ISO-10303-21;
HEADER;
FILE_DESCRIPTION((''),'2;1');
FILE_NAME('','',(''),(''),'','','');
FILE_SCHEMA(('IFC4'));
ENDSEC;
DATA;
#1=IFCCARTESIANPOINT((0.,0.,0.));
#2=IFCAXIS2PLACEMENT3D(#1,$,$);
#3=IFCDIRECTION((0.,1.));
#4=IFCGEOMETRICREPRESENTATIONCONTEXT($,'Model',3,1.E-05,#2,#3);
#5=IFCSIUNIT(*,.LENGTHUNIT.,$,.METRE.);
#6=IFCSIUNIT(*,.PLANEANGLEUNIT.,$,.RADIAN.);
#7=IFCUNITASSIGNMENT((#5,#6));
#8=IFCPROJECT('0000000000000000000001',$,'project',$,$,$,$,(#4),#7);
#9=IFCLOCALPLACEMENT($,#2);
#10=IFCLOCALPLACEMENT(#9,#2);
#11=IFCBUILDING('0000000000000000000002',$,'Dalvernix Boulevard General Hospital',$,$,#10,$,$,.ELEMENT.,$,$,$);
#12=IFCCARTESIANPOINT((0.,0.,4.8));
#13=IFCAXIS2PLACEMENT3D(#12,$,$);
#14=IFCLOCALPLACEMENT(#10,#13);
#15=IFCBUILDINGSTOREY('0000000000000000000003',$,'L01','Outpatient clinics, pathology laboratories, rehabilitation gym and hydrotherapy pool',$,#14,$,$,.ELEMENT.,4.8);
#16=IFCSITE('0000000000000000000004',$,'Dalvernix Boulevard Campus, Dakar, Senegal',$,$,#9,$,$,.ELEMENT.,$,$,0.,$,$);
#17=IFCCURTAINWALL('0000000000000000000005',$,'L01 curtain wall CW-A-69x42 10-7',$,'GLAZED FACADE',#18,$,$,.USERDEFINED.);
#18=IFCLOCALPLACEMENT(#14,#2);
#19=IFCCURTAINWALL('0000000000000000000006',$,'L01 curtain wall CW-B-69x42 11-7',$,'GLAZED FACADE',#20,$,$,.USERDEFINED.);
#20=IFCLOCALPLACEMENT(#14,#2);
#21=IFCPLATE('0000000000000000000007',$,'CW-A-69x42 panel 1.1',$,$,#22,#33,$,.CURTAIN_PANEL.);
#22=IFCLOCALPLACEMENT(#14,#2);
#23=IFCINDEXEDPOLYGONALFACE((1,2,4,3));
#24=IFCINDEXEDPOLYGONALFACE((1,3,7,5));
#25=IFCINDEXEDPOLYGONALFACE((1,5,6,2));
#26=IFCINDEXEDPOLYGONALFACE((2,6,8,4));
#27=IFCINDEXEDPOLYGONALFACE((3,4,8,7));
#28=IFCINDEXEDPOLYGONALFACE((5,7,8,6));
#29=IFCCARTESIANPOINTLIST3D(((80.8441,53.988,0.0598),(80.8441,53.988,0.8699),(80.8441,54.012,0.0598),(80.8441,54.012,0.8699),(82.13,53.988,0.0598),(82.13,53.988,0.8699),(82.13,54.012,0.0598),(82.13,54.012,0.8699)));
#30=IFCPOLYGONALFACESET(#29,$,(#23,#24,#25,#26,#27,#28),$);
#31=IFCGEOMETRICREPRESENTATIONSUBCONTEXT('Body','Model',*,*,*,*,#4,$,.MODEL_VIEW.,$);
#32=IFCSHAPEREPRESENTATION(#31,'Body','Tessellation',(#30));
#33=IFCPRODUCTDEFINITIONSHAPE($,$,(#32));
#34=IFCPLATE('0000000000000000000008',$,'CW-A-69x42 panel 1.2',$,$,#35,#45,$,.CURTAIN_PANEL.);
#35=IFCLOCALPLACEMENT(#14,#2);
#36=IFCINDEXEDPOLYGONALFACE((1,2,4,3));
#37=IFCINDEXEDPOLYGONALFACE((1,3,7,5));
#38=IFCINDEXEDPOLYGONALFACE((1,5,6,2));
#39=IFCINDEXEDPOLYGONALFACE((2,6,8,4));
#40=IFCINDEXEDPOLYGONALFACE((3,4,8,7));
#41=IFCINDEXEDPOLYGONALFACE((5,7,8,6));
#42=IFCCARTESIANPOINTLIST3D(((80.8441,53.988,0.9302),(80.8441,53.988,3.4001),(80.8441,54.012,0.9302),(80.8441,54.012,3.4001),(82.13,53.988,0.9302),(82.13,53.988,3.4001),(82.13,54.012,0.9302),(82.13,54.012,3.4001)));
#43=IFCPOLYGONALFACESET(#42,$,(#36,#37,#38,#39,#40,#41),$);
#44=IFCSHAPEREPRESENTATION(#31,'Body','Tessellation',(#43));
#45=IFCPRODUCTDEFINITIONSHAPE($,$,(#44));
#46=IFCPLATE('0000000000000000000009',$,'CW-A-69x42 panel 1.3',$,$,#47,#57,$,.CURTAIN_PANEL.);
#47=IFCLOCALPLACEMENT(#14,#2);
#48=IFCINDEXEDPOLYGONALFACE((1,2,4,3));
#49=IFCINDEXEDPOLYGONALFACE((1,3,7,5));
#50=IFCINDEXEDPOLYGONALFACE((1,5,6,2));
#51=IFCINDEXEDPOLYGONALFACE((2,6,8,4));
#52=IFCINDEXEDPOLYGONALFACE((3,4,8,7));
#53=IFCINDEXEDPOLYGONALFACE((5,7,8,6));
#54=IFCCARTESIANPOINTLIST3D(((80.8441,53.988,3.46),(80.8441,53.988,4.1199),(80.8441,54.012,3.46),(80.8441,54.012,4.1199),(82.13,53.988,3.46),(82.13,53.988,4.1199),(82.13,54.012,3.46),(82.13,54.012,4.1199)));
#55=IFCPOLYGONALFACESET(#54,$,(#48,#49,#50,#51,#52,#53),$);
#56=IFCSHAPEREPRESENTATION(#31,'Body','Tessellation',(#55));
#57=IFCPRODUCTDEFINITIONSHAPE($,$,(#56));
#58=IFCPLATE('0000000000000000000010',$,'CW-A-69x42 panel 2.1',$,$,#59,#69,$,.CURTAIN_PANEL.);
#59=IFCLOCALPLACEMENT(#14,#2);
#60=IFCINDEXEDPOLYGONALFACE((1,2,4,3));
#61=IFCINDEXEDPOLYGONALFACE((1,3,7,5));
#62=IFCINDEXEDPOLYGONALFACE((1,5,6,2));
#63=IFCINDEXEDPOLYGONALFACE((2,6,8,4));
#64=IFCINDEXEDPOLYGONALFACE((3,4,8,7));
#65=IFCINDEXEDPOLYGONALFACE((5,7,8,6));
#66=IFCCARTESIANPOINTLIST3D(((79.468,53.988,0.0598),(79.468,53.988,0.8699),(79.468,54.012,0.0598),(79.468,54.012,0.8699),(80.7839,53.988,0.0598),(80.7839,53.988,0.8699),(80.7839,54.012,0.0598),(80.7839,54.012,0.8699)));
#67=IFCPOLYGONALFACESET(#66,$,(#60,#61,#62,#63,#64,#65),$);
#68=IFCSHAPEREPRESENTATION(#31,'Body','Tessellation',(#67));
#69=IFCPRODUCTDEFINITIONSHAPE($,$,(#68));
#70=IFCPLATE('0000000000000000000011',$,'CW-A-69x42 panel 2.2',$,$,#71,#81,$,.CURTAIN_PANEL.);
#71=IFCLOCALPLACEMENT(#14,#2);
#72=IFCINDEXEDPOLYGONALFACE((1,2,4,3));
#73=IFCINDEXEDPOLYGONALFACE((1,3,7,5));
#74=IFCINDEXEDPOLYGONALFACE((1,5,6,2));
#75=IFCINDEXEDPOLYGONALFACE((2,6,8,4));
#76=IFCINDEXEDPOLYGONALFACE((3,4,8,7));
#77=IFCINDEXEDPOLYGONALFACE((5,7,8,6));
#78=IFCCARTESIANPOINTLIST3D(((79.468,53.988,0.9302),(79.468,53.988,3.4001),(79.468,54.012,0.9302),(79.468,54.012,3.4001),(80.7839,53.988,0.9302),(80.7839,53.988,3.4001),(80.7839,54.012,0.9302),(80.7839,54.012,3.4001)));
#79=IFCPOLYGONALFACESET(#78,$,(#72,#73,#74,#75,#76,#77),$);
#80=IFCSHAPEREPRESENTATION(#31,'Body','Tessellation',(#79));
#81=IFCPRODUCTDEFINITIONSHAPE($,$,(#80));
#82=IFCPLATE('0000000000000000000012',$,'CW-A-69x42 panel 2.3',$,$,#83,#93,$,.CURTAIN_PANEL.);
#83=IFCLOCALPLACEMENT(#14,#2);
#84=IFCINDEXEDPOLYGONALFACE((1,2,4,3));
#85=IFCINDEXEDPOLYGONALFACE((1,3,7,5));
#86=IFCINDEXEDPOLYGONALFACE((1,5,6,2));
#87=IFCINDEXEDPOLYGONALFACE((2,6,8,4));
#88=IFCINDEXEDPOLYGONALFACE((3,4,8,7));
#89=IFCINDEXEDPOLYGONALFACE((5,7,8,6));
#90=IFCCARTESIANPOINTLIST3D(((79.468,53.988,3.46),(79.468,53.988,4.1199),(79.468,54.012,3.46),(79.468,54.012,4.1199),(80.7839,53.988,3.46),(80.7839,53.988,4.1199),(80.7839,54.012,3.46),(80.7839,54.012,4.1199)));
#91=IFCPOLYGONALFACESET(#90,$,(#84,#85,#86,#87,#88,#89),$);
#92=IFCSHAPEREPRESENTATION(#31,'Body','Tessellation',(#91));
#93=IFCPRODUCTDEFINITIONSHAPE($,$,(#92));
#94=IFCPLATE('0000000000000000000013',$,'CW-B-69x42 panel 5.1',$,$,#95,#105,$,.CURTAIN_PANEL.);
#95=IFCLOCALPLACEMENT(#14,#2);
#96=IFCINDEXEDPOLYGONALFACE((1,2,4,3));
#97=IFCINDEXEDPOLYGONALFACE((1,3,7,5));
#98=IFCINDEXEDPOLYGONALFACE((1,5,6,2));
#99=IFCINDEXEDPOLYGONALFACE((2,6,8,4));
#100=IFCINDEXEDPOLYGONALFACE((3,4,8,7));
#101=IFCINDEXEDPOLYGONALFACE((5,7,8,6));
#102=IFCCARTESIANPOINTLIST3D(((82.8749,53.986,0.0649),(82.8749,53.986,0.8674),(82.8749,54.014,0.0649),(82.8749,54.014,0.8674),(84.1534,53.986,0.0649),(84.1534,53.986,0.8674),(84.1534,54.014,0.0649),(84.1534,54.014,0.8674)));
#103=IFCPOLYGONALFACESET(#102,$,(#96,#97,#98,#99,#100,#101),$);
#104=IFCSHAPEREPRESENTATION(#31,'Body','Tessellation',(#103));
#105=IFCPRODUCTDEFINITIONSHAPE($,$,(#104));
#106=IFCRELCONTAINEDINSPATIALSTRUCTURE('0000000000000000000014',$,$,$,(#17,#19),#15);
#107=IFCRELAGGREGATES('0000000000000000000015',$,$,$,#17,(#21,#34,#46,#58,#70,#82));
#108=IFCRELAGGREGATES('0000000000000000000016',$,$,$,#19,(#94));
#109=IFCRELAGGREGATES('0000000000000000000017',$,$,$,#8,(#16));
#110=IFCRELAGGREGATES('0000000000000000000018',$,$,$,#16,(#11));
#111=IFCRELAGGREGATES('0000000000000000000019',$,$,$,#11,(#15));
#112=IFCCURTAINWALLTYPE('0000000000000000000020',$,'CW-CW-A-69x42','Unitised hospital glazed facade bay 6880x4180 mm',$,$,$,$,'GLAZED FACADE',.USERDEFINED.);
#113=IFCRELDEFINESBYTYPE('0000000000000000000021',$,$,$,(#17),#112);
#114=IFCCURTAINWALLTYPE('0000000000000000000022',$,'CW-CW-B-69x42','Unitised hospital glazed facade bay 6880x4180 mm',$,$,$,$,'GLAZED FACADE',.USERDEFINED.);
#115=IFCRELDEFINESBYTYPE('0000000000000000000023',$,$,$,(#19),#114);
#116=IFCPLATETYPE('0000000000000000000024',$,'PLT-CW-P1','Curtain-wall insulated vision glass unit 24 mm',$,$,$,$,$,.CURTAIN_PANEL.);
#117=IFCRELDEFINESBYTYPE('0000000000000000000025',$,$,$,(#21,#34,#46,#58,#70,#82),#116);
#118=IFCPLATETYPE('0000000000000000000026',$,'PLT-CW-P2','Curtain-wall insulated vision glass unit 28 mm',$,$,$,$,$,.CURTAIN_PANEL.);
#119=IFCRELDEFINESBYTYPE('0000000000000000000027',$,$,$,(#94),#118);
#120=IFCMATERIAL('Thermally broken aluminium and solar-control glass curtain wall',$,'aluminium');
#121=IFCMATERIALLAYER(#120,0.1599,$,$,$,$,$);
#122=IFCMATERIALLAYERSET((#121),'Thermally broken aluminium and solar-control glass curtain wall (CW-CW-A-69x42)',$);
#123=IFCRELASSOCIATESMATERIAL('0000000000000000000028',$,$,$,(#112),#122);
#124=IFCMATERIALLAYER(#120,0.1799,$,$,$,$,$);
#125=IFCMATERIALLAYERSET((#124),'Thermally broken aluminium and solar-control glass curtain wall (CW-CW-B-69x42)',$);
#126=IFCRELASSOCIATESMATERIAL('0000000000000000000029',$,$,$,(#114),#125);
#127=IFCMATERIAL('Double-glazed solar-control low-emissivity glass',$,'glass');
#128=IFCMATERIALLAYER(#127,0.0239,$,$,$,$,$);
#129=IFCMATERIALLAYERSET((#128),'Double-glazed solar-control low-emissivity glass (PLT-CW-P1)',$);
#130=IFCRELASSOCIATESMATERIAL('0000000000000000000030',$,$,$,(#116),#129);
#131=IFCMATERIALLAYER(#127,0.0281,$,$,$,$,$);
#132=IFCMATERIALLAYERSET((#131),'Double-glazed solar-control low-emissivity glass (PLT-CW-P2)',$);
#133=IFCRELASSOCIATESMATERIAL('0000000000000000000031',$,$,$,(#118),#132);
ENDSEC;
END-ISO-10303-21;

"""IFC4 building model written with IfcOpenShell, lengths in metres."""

from ifc_helpers import new_model, si_unit, direction, frame, origin, origin_2d, place, context, subcontext, project, spatial, rectangle, extrude, material, layer, layer_set, type_object, element, aggregate, save


model = new_model("IFC4")

# Units and contexts
model_context = context("Model", 3, precision=1e-05, world=origin(), true_north=direction((0.0, 1.0)))
body_context = subcontext(model_context, "Body", "Model", "MODEL_VIEW")
ifc_project = project(units=[si_unit("LENGTHUNIT", "METRE"), si_unit("PLANEANGLEUNIT", "RADIAN")], contexts=[model_context])

# Site, building, storey
site_placement = place(None, origin())
site = spatial("IfcSite", under=ifc_project, at=site_placement, Name="Dalvernix Boulevard Campus, Dakar, Senegal", CompositionType="ELEMENT", RefElevation=0.0)
building_placement = place(site_placement, origin())
building = spatial("IfcBuilding", under=site, at=building_placement, Name="Dalvernix Boulevard General Hospital", CompositionType="ELEMENT")
storey_placement = place(building_placement, frame((0.0, 0.0, 4.8)))
storey = spatial("IfcBuildingStorey", under=building, at=storey_placement, Name="L01", Description="Outpatient clinics, pathology laboratories, rehabilitation gym and hydrotherapy pool", CompositionType="ELEMENT", Elevation=4.8)

# Curtain wall
ifc_material_1 = material(Name="Thermally broken aluminium and solar-control glass curtain wall", Category="aluminium")
ifc_layer_1 = layer(ifc_material_1, 0.1599)
ifc_layer_set_1 = layer_set([ifc_layer_1], Name="Thermally broken aluminium and solar-control glass curtain wall (CW-CW-A-69x42)")
curtain_wall_type_1 = type_object("IfcCurtainWallType", Name="CW-CW-A-69x42", Description="Unitised hospital glazed facade bay 6880x4180 mm", ElementType="GLAZED FACADE", PredefinedType="USERDEFINED", material=ifc_layer_set_1)
curtain_wall_1_placement = place(storey_placement, origin())
curtain_wall_1 = element("IfcCurtainWall", 1, at=curtain_wall_1_placement, inside=storey, type_object=curtain_wall_type_1, Name="L01 curtain wall CW-A-69x42 10-7", ObjectType="GLAZED FACADE", PredefinedType="USERDEFINED")

# Curtain wall
ifc_layer_2 = layer(ifc_material_1, 0.1799)
ifc_layer_set_2 = layer_set([ifc_layer_2], Name="Thermally broken aluminium and solar-control glass curtain wall (CW-CW-B-69x42)")
curtain_wall_type_2 = type_object("IfcCurtainWallType", Name="CW-CW-B-69x42", Description="Unitised hospital glazed facade bay 6880x4180 mm", ElementType="GLAZED FACADE", PredefinedType="USERDEFINED", material=ifc_layer_set_2)
curtain_wall_2_placement = place(storey_placement, origin())
curtain_wall_2 = element("IfcCurtainWall", 2, at=curtain_wall_2_placement, inside=storey, type_object=curtain_wall_type_2, Name="L01 curtain wall CW-B-69x42 11-7", ObjectType="GLAZED FACADE", PredefinedType="USERDEFINED")

# Plates
ifc_material_2 = material(Name="Double-glazed solar-control low-emissivity glass", Category="glass")
ifc_layer_3 = layer(ifc_material_2, 0.0239)
ifc_layer_set_3 = layer_set([ifc_layer_3], Name="Double-glazed solar-control low-emissivity glass (PLT-CW-P1)")
plate_type_1 = type_object("IfcPlateType", Name="PLT-CW-P1", Description="Curtain-wall insulated vision glass unit 24 mm", PredefinedType="CURTAIN_PANEL", material=ifc_layer_set_3)
plate_1_placement = place(storey_placement, frame((81.4871, 54.0, 0.0598), z_axis=(0.0, 0.0, 1.0), x_axis=(-1.0, 0.0, 0.0)))
plate_1 = element("IfcPlate", 3, at=plate_1_placement, type_object=plate_type_1, Name="CW-A-69x42 panel 1.1", PredefinedType="CURTAIN_PANEL", context=body_context, shape_type="SweptSolid", body=[
    extrude(rectangle(XDim=1.2859, YDim=0.0239, at=origin_2d()), origin(), (0.0, 0.0, 1.0), 0.8101),
])
plate_2_placement = place(storey_placement, frame((81.4871, 54.0, 0.9302), z_axis=(0.0, 0.0, 1.0), x_axis=(-1.0, 0.0, 0.0)))
plate_2 = element("IfcPlate", 4, at=plate_2_placement, type_object=plate_type_1, Name="CW-A-69x42 panel 1.2", PredefinedType="CURTAIN_PANEL", context=body_context, shape_type="SweptSolid", body=[
    extrude(rectangle(XDim=1.2859, YDim=0.0239, at=origin_2d()), origin(), (0.0, 0.0, 1.0), 2.47),
])
plate_3_placement = place(storey_placement, frame((81.4871, 54.0, 3.46), z_axis=(0.0, 0.0, 1.0), x_axis=(-1.0, 0.0, 0.0)))
plate_3 = element("IfcPlate", 5, at=plate_3_placement, type_object=plate_type_1, Name="CW-A-69x42 panel 1.3", PredefinedType="CURTAIN_PANEL", context=body_context, shape_type="SweptSolid", body=[
    extrude(rectangle(XDim=1.2859, YDim=0.0239, at=origin_2d()), origin(), (0.0, 0.0, 1.0), 0.6599),
])
plate_4_placement = place(storey_placement, frame((80.126, 54.0, 0.0598), z_axis=(0.0, 0.0, 1.0), x_axis=(-1.0, 0.0, 0.0)))
plate_4 = element("IfcPlate", 6, at=plate_4_placement, type_object=plate_type_1, Name="CW-A-69x42 panel 2.1", PredefinedType="CURTAIN_PANEL", context=body_context, shape_type="SweptSolid", body=[
    extrude(rectangle(XDim=1.3159, YDim=0.0239, at=origin_2d()), origin(), (0.0, 0.0, 1.0), 0.8101),
])
plate_5_placement = place(storey_placement, frame((80.126, 54.0, 0.9302), z_axis=(0.0, 0.0, 1.0), x_axis=(-1.0, 0.0, 0.0)))
plate_5 = element("IfcPlate", 7, at=plate_5_placement, type_object=plate_type_1, Name="CW-A-69x42 panel 2.2", PredefinedType="CURTAIN_PANEL", context=body_context, shape_type="SweptSolid", body=[
    extrude(rectangle(XDim=1.3159, YDim=0.0239, at=origin_2d()), origin(), (0.0, 0.0, 1.0), 2.47),
])
plate_6_placement = place(storey_placement, frame((80.126, 54.0, 3.46), z_axis=(0.0, 0.0, 1.0), x_axis=(-1.0, 0.0, 0.0)))
plate_6 = element("IfcPlate", 8, at=plate_6_placement, type_object=plate_type_1, Name="CW-A-69x42 panel 2.3", PredefinedType="CURTAIN_PANEL", context=body_context, shape_type="SweptSolid", body=[
    extrude(rectangle(XDim=1.3159, YDim=0.0239, at=origin_2d()), origin(), (0.0, 0.0, 1.0), 0.6599),
])
aggregate(curtain_wall_1, [plate_1, plate_2, plate_3, plate_4, plate_5, plate_6])
ifc_layer_4 = layer(ifc_material_2, 0.0281)
ifc_layer_set_4 = layer_set([ifc_layer_4], Name="Double-glazed solar-control low-emissivity glass (PLT-CW-P2)")
plate_type_2 = type_object("IfcPlateType", Name="PLT-CW-P2", Description="Curtain-wall insulated vision glass unit 28 mm", PredefinedType="CURTAIN_PANEL", material=ifc_layer_set_4)
plate_7_placement = place(storey_placement, frame((83.5142, 54.0, 0.0649), z_axis=(0.0, 0.0, 1.0), x_axis=(-1.0, 0.0, 0.0)))
plate_7 = element("IfcPlate", 9, at=plate_7_placement, type_object=plate_type_2, Name="CW-B-69x42 panel 5.1", PredefinedType="CURTAIN_PANEL", context=body_context, shape_type="SweptSolid", body=[
    extrude(rectangle(XDim=1.2786, YDim=0.0281, at=origin_2d()), origin(), (0.0, 0.0, 1.0), 0.8025),
])
aggregate(curtain_wall_2, [plate_7])

save(model, "model.ifc")
